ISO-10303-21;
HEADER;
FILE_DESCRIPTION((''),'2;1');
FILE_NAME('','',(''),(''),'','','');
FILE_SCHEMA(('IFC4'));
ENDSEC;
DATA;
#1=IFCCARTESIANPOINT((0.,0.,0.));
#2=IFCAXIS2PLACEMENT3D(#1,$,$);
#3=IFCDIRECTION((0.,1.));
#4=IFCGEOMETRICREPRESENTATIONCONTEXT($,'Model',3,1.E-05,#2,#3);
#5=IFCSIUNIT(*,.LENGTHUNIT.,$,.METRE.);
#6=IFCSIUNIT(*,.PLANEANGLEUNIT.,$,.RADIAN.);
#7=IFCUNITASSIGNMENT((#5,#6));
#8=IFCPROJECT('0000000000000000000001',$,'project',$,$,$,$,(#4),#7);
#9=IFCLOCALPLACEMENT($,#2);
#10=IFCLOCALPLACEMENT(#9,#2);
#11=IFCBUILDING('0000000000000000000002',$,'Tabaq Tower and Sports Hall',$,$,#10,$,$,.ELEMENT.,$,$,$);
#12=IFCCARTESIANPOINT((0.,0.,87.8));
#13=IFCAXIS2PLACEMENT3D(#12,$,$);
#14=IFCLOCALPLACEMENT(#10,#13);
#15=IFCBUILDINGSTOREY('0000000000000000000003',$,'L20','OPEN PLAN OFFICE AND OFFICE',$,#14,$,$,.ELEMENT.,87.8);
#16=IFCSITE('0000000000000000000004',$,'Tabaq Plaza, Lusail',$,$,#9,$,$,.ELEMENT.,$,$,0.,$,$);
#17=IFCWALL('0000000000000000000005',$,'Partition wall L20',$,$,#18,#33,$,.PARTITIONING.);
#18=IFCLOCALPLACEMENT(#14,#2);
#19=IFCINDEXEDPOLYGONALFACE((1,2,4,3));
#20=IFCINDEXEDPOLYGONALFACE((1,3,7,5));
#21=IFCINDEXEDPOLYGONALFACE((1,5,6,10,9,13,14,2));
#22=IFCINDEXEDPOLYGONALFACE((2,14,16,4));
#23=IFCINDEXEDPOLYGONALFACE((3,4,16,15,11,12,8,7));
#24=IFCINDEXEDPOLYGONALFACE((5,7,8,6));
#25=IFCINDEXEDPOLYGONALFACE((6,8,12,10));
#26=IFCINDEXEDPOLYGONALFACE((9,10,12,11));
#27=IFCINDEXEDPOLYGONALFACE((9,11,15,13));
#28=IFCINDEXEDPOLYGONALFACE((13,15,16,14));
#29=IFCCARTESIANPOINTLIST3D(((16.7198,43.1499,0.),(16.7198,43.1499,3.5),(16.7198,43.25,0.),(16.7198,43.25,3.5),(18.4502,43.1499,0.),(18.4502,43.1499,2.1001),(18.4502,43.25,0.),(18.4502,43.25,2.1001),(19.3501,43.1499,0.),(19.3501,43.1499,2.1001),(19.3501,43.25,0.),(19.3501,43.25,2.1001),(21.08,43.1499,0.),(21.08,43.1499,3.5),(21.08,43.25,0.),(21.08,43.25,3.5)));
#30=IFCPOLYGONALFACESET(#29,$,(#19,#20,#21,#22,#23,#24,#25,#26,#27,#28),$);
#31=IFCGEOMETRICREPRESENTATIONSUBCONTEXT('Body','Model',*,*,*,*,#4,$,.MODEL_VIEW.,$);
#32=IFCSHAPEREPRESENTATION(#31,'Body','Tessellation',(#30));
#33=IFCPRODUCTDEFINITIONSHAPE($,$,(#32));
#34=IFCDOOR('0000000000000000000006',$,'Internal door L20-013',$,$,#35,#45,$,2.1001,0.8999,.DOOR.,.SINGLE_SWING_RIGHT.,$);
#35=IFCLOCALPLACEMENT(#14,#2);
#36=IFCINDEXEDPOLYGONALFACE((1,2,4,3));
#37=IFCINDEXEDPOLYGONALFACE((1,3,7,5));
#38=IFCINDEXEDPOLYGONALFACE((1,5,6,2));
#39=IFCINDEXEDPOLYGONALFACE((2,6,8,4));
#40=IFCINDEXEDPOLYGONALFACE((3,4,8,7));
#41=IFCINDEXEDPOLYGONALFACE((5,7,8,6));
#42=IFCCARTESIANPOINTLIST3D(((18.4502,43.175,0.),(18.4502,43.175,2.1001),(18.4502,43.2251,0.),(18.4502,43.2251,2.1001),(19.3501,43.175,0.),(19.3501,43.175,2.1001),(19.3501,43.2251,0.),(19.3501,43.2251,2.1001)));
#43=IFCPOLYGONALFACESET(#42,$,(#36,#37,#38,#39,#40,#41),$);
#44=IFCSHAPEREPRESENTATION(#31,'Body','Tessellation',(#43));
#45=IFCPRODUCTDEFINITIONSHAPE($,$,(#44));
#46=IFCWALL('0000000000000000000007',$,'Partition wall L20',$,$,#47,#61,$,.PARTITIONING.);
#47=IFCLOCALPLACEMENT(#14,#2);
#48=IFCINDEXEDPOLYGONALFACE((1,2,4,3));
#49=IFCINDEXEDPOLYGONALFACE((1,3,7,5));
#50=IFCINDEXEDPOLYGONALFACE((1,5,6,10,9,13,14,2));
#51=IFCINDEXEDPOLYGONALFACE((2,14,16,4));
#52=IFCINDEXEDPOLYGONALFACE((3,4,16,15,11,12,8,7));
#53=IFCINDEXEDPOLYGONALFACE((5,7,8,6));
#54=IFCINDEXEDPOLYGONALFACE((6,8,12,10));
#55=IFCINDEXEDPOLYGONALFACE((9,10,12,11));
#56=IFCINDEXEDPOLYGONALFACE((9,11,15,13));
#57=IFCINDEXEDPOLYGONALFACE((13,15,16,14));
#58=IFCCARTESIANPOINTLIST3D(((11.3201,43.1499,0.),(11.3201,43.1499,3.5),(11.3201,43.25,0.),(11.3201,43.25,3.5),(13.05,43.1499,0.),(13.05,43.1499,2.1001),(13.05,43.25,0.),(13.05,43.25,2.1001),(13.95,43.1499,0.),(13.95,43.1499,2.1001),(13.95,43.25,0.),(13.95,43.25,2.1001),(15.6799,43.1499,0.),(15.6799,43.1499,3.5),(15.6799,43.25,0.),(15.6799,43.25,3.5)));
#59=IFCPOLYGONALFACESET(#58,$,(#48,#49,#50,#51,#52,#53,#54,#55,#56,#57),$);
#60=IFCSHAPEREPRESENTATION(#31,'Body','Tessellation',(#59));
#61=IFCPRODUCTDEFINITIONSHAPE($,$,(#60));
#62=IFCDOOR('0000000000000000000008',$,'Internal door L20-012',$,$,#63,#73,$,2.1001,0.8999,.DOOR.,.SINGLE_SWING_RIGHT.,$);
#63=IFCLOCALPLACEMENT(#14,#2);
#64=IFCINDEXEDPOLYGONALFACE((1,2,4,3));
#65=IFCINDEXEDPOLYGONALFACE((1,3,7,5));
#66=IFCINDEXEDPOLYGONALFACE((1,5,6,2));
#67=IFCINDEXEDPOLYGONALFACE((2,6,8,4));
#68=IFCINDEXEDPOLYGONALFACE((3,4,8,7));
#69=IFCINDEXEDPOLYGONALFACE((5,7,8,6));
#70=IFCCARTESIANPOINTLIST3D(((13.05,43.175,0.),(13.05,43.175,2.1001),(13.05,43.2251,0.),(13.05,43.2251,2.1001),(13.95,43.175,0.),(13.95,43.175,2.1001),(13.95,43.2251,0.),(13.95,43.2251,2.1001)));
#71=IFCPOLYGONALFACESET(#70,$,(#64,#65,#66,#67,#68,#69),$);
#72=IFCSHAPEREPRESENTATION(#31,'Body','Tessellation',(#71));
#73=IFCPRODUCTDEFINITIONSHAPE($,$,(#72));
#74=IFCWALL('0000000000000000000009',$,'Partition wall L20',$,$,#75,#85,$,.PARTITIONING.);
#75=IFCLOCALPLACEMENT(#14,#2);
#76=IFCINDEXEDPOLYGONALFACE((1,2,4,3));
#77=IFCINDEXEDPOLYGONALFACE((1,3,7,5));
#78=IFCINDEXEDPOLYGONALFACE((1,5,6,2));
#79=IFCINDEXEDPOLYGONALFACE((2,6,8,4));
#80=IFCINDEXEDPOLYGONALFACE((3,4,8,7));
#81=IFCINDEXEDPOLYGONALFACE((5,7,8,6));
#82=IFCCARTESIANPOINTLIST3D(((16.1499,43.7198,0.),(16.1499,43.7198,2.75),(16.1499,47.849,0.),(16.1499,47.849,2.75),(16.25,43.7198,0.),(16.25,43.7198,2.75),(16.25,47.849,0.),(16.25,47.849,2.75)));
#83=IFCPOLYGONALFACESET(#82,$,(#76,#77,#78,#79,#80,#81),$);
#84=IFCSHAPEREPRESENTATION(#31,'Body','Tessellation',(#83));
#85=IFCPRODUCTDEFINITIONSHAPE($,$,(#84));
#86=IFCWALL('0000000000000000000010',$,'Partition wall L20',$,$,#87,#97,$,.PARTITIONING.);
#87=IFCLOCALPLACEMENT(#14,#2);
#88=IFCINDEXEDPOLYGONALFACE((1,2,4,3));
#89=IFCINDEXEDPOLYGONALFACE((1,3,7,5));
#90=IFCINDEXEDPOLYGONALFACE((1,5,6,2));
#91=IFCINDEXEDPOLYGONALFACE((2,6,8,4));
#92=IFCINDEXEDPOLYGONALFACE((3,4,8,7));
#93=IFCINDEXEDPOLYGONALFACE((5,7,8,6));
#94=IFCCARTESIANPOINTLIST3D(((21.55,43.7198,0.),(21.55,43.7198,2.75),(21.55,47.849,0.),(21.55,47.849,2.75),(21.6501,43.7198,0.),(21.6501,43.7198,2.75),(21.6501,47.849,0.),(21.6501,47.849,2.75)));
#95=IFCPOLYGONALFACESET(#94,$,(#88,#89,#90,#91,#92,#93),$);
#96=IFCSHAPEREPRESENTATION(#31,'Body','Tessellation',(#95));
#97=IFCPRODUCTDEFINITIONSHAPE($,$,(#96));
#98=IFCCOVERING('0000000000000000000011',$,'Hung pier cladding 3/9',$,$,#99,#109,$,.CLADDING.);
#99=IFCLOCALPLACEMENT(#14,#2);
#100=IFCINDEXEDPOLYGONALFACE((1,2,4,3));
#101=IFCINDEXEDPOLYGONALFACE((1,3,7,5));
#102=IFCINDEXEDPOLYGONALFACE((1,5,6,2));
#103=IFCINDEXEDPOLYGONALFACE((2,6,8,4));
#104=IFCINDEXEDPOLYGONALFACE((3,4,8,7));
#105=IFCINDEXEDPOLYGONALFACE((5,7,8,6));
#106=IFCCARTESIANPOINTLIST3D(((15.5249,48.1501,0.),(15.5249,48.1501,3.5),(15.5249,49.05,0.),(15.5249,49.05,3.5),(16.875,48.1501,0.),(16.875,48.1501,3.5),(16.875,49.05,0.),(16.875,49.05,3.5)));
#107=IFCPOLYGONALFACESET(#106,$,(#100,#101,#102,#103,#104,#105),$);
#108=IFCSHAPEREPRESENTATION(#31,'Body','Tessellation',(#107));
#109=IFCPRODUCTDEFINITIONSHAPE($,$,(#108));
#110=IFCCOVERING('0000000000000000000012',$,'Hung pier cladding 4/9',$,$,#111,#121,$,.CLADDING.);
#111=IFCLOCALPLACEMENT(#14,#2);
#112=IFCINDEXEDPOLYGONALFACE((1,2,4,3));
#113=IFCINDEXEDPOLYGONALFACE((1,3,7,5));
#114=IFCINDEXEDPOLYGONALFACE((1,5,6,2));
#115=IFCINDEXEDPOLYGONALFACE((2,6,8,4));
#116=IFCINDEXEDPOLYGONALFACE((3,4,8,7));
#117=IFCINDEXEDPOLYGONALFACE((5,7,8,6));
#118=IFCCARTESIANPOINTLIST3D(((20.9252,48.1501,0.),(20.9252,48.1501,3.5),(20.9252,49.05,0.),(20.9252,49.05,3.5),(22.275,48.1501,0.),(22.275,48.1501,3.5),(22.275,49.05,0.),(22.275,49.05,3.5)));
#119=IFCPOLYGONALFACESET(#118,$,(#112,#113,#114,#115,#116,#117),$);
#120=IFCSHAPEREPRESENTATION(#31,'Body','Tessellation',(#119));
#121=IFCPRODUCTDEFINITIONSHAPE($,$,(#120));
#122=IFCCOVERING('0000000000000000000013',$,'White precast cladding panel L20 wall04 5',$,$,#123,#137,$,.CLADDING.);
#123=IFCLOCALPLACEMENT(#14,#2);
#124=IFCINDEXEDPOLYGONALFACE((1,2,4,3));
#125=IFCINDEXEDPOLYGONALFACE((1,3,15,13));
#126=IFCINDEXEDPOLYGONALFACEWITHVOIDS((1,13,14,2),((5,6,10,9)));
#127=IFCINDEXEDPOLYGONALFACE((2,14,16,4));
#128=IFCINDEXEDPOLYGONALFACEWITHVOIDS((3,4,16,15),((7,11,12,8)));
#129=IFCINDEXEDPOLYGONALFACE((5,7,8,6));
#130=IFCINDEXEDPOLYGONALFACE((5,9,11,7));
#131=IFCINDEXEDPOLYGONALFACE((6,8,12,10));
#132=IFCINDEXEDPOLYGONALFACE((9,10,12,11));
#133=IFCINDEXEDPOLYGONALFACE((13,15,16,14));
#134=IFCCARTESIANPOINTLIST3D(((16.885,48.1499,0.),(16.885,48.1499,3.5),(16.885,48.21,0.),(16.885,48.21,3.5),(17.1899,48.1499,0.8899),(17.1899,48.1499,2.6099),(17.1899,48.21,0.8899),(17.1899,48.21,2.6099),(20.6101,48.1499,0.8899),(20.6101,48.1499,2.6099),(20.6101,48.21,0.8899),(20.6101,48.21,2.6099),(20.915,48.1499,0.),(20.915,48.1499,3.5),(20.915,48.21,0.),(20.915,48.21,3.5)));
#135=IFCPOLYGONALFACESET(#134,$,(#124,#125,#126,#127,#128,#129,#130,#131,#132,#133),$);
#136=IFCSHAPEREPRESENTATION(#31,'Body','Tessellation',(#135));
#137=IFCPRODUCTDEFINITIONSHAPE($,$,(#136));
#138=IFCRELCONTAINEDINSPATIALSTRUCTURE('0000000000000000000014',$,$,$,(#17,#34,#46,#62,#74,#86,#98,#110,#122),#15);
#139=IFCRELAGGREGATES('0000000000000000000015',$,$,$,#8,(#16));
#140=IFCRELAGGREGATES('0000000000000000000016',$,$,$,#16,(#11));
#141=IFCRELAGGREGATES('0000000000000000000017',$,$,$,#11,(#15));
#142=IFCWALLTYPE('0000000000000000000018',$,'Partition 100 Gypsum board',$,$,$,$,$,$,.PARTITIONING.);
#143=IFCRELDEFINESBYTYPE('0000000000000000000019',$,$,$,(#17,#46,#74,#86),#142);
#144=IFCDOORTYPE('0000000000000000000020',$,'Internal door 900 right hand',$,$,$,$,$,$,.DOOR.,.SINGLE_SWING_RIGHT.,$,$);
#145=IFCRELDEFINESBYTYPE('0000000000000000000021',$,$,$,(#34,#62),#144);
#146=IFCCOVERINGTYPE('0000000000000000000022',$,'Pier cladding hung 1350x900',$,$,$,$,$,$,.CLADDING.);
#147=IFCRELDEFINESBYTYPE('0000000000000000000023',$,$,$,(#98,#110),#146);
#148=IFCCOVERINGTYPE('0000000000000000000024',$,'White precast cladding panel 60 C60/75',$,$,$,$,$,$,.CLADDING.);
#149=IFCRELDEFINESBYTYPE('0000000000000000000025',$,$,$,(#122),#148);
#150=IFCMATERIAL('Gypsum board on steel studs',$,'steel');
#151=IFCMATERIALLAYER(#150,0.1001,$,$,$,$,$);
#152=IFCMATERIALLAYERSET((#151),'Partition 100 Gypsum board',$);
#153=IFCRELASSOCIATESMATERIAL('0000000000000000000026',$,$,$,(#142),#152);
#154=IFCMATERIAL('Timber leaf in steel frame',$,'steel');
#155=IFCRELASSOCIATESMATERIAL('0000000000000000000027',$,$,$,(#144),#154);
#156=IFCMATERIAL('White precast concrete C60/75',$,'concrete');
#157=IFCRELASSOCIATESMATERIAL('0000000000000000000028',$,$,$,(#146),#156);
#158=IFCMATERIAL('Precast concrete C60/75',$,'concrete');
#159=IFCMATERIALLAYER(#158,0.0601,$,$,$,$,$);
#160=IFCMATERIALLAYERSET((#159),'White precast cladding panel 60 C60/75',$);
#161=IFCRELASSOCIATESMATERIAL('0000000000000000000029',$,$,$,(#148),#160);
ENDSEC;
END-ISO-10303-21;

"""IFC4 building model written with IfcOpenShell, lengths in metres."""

from ifc_helpers import new_model, si_unit, direction, frame, frame_2d, origin, place, context, subcontext, project, spatial, polyline, rectangle, outline, extrude, material, layer, layer_set, type_object, element, fill, save


model = new_model("IFC4")

# Units and contexts
model_context = context("Model", 3, precision=1e-05, world=origin(), true_north=direction((0.0, 1.0)))
body_context = subcontext(model_context, "Body", "Model", "MODEL_VIEW")
ifc_project = project(units=[si_unit("LENGTHUNIT", "METRE"), si_unit("PLANEANGLEUNIT", "RADIAN")], contexts=[model_context])

# Site, building, storey
site_placement = place(None, origin())
site = spatial("IfcSite", under=ifc_project, at=site_placement, Name="Tabaq Plaza, Lusail", CompositionType="ELEMENT", RefElevation=0.0)
building_placement = place(site_placement, origin())
building = spatial("IfcBuilding", under=site, at=building_placement, Name="Tabaq Tower and Sports Hall", CompositionType="ELEMENT")
storey_placement = place(building_placement, frame((0.0, 0.0, 87.8)))
storey = spatial("IfcBuildingStorey", under=building, at=storey_placement, Name="L20", Description="OPEN PLAN OFFICE AND OFFICE", CompositionType="ELEMENT", Elevation=87.8)

# Walls, openings, doors
ifc_material_1 = material(Name="Gypsum board on steel studs", Category="steel")
ifc_layer_1 = layer(ifc_material_1, 0.1001)
ifc_layer_set_1 = layer_set([ifc_layer_1], Name="Partition 100 Gypsum board")
wall_type = type_object("IfcWallType", Name="Partition 100 Gypsum board", PredefinedType="PARTITIONING", material=ifc_layer_set_1)
ifc_material_2 = material(Name="Timber leaf in steel frame", Category="steel")
door_type = type_object("IfcDoorType", Name="Internal door 900 right hand", OperationType="SINGLE_SWING_RIGHT", PredefinedType="DOOR", material=ifc_material_2)
wall_1_placement = place(storey_placement, frame((21.0801, 43.2, 0.0), z_axis=(0.0, 0.0, 1.0), x_axis=(-1.0, 0.0, 0.0)))
wall_1 = element("IfcWall", 1, at=wall_1_placement, inside=storey, type_object=wall_type, Name="Partition wall L20", PredefinedType="PARTITIONING", context=body_context, shape_type="SweptSolid", body=[
    extrude(rectangle(XDim=4.3601, YDim=0.1001, at=frame_2d((2.1802, 0.0))), origin(), (0.0, 0.0, 1.0), 3.5),
])
opening_1_placement = place(wall_1_placement, frame((1.73, 0.0, 0.0)))
opening_1 = element("IfcOpeningElement", 2, at=opening_1_placement, cuts=wall_1, PredefinedType="OPENING", context=body_context, shape_type="SweptSolid", body=[
    extrude(rectangle(XDim=0.8999, YDim=2.1001, at=frame_2d((0.45, 1.05))), frame((0.0, 0.05, 0.0), z_axis=(0.0, -1.0, 0.0), x_axis=(1.0, 0.0, 0.0)), (0.0, 0.0, 1.0), 0.1001),
])
door_1_placement = place(opening_1_placement, origin())
door_1 = element("IfcDoor", 3, at=door_1_placement, inside=storey, type_object=door_type, Name="Internal door L20-013", OperationType="SINGLE_SWING_RIGHT", OverallHeight=2.1001, OverallWidth=0.8999, PredefinedType="DOOR", context=body_context, shape_type="SweptSolid", body=[
    extrude(rectangle(XDim=0.8999, YDim=2.1001, at=frame_2d((0.45, 1.05))), frame((0.0, 0.0249, 0.0), z_axis=(0.0, -1.0, 0.0), x_axis=(1.0, 0.0, 0.0)), (0.0, 0.0, 1.0), 0.05),
])
fill(opening_1, door_1)
wall_2_placement = place(storey_placement, frame((15.6799, 43.2, 0.0), z_axis=(0.0, 0.0, 1.0), x_axis=(-1.0, 0.0, 0.0)))
wall_2 = element("IfcWall", 4, at=wall_2_placement, inside=storey, type_object=wall_type, Name="Partition wall L20", PredefinedType="PARTITIONING", context=body_context, shape_type="SweptSolid", body=[
    extrude(rectangle(XDim=4.3599, YDim=0.1001, at=frame_2d((2.1799, 0.0))), origin(), (0.0, 0.0, 1.0), 3.5),
])
opening_2_placement = place(wall_2_placement, frame((1.73, 0.0, 0.0)))
opening_2 = element("IfcOpeningElement", 5, at=opening_2_placement, cuts=wall_2, PredefinedType="OPENING", context=body_context, shape_type="SweptSolid", body=[
    extrude(rectangle(XDim=0.8999, YDim=2.1001, at=frame_2d((0.45, 1.05))), frame((0.0, 0.05, 0.0), z_axis=(0.0, -1.0, 0.0), x_axis=(1.0, 0.0, 0.0)), (0.0, 0.0, 1.0), 0.1001),
])
door_2_placement = place(opening_2_placement, origin())
door_2 = element("IfcDoor", 6, at=door_2_placement, inside=storey, type_object=door_type, Name="Internal door L20-012", OperationType="SINGLE_SWING_RIGHT", OverallHeight=2.1001, OverallWidth=0.8999, PredefinedType="DOOR", context=body_context, shape_type="SweptSolid", body=[
    extrude(rectangle(XDim=0.8999, YDim=2.1001, at=frame_2d((0.45, 1.05))), frame((0.0, 0.0249, 0.0), z_axis=(0.0, -1.0, 0.0), x_axis=(1.0, 0.0, 0.0)), (0.0, 0.0, 1.0), 0.05),
])
fill(opening_2, door_2)

# Walls
for number, where, z_axis, x_axis, name in (
    (7, (16.2, 43.72, 0.0), (0.0, 0.0, 1.0), (0.0, 1.0, 0.0), "Partition wall L20"),
    (8, (21.6001, 43.72, 0.0), (0.0, 0.0, 1.0), (0.0, 1.0, 0.0), "Partition wall L20"),
):
    element("IfcWall", number, at=place(storey_placement, frame(where, z_axis=z_axis, x_axis=x_axis)), inside=storey, type_object=wall_type, Name=name, PredefinedType="PARTITIONING", context=body_context, shape_type="SweptSolid", body=[
        extrude(rectangle(XDim=4.1292, YDim=0.1001, at=frame_2d((2.0645, 0.0))), origin(), (0.0, 0.0, 1.0), 2.75),
    ])

# Coverings
ifc_material_3 = material(Name="White precast concrete C60/75", Category="concrete")
covering_type_1 = type_object("IfcCoveringType", Name="Pier cladding hung 1350x900", PredefinedType="CLADDING", material=ifc_material_3)
covering_1_placement = place(storey_placement, frame((16.875, 48.6001, 0.0), z_axis=(0.0, 0.0, 1.0), x_axis=(-1.0, 0.0, 0.0)))
element("IfcCovering", 9, at=covering_1_placement, inside=storey, type_object=covering_type_1, Name="Hung pier cladding 3/9", PredefinedType="CLADDING", context=body_context, shape_type="SweptSolid", body=[
    extrude(rectangle(XDim=1.3501, YDim=0.8999, at=frame_2d((0.675, 0.0))), origin(), (0.0, 0.0, 1.0), 3.5),
])
covering_2_placement = place(storey_placement, frame((22.2749, 48.6001, 0.0), z_axis=(0.0, 0.0, 1.0), x_axis=(-1.0, 0.0, 0.0)))
element("IfcCovering", 10, at=covering_2_placement, inside=storey, type_object=covering_type_1, Name="Hung pier cladding 4/9", PredefinedType="CLADDING", context=body_context, shape_type="SweptSolid", body=[
    extrude(rectangle(XDim=1.3499, YDim=0.8999, at=frame_2d((0.6748, 0.0))), origin(), (0.0, 0.0, 1.0), 3.5),
])
ifc_material_4 = material(Name="Precast concrete C60/75", Category="concrete")
ifc_layer_2 = layer(ifc_material_4, 0.0601)
ifc_layer_set_2 = layer_set([ifc_layer_2], Name="White precast cladding panel 60 C60/75")
covering_type_2 = type_object("IfcCoveringType", Name="White precast cladding panel 60 C60/75", PredefinedType="CLADDING", material=ifc_layer_set_2)
covering_3_placement = place(storey_placement, frame((20.915, 48.1799, 0.0), z_axis=(0.0, 0.0, 1.0), x_axis=(-1.0, 0.0, 0.0)))
element("IfcCovering", 11, at=covering_3_placement, inside=storey, type_object=covering_type_2, Name="White precast cladding panel L20 wall04 5", PredefinedType="CLADDING", context=body_context, shape_type="SweptSolid", body=[
    extrude(outline(polyline([(0.0, 0.0), (4.03, 0.0), (4.03, 3.5), (0.0, 3.5), (0.0, 0.0)]), holes=[polyline([(0.3049, 0.8899), (0.3049, 2.6099), (3.7251, 2.6099), (3.7251, 0.8899), (0.3049, 0.8899)])]), frame((0.0, 0.03, 0.0), z_axis=(0.0, -1.0, 0.0), x_axis=(1.0, 0.0, 0.0)), (0.0, 0.0, 1.0), 0.0601),
])

save(model, "model.ifc")
